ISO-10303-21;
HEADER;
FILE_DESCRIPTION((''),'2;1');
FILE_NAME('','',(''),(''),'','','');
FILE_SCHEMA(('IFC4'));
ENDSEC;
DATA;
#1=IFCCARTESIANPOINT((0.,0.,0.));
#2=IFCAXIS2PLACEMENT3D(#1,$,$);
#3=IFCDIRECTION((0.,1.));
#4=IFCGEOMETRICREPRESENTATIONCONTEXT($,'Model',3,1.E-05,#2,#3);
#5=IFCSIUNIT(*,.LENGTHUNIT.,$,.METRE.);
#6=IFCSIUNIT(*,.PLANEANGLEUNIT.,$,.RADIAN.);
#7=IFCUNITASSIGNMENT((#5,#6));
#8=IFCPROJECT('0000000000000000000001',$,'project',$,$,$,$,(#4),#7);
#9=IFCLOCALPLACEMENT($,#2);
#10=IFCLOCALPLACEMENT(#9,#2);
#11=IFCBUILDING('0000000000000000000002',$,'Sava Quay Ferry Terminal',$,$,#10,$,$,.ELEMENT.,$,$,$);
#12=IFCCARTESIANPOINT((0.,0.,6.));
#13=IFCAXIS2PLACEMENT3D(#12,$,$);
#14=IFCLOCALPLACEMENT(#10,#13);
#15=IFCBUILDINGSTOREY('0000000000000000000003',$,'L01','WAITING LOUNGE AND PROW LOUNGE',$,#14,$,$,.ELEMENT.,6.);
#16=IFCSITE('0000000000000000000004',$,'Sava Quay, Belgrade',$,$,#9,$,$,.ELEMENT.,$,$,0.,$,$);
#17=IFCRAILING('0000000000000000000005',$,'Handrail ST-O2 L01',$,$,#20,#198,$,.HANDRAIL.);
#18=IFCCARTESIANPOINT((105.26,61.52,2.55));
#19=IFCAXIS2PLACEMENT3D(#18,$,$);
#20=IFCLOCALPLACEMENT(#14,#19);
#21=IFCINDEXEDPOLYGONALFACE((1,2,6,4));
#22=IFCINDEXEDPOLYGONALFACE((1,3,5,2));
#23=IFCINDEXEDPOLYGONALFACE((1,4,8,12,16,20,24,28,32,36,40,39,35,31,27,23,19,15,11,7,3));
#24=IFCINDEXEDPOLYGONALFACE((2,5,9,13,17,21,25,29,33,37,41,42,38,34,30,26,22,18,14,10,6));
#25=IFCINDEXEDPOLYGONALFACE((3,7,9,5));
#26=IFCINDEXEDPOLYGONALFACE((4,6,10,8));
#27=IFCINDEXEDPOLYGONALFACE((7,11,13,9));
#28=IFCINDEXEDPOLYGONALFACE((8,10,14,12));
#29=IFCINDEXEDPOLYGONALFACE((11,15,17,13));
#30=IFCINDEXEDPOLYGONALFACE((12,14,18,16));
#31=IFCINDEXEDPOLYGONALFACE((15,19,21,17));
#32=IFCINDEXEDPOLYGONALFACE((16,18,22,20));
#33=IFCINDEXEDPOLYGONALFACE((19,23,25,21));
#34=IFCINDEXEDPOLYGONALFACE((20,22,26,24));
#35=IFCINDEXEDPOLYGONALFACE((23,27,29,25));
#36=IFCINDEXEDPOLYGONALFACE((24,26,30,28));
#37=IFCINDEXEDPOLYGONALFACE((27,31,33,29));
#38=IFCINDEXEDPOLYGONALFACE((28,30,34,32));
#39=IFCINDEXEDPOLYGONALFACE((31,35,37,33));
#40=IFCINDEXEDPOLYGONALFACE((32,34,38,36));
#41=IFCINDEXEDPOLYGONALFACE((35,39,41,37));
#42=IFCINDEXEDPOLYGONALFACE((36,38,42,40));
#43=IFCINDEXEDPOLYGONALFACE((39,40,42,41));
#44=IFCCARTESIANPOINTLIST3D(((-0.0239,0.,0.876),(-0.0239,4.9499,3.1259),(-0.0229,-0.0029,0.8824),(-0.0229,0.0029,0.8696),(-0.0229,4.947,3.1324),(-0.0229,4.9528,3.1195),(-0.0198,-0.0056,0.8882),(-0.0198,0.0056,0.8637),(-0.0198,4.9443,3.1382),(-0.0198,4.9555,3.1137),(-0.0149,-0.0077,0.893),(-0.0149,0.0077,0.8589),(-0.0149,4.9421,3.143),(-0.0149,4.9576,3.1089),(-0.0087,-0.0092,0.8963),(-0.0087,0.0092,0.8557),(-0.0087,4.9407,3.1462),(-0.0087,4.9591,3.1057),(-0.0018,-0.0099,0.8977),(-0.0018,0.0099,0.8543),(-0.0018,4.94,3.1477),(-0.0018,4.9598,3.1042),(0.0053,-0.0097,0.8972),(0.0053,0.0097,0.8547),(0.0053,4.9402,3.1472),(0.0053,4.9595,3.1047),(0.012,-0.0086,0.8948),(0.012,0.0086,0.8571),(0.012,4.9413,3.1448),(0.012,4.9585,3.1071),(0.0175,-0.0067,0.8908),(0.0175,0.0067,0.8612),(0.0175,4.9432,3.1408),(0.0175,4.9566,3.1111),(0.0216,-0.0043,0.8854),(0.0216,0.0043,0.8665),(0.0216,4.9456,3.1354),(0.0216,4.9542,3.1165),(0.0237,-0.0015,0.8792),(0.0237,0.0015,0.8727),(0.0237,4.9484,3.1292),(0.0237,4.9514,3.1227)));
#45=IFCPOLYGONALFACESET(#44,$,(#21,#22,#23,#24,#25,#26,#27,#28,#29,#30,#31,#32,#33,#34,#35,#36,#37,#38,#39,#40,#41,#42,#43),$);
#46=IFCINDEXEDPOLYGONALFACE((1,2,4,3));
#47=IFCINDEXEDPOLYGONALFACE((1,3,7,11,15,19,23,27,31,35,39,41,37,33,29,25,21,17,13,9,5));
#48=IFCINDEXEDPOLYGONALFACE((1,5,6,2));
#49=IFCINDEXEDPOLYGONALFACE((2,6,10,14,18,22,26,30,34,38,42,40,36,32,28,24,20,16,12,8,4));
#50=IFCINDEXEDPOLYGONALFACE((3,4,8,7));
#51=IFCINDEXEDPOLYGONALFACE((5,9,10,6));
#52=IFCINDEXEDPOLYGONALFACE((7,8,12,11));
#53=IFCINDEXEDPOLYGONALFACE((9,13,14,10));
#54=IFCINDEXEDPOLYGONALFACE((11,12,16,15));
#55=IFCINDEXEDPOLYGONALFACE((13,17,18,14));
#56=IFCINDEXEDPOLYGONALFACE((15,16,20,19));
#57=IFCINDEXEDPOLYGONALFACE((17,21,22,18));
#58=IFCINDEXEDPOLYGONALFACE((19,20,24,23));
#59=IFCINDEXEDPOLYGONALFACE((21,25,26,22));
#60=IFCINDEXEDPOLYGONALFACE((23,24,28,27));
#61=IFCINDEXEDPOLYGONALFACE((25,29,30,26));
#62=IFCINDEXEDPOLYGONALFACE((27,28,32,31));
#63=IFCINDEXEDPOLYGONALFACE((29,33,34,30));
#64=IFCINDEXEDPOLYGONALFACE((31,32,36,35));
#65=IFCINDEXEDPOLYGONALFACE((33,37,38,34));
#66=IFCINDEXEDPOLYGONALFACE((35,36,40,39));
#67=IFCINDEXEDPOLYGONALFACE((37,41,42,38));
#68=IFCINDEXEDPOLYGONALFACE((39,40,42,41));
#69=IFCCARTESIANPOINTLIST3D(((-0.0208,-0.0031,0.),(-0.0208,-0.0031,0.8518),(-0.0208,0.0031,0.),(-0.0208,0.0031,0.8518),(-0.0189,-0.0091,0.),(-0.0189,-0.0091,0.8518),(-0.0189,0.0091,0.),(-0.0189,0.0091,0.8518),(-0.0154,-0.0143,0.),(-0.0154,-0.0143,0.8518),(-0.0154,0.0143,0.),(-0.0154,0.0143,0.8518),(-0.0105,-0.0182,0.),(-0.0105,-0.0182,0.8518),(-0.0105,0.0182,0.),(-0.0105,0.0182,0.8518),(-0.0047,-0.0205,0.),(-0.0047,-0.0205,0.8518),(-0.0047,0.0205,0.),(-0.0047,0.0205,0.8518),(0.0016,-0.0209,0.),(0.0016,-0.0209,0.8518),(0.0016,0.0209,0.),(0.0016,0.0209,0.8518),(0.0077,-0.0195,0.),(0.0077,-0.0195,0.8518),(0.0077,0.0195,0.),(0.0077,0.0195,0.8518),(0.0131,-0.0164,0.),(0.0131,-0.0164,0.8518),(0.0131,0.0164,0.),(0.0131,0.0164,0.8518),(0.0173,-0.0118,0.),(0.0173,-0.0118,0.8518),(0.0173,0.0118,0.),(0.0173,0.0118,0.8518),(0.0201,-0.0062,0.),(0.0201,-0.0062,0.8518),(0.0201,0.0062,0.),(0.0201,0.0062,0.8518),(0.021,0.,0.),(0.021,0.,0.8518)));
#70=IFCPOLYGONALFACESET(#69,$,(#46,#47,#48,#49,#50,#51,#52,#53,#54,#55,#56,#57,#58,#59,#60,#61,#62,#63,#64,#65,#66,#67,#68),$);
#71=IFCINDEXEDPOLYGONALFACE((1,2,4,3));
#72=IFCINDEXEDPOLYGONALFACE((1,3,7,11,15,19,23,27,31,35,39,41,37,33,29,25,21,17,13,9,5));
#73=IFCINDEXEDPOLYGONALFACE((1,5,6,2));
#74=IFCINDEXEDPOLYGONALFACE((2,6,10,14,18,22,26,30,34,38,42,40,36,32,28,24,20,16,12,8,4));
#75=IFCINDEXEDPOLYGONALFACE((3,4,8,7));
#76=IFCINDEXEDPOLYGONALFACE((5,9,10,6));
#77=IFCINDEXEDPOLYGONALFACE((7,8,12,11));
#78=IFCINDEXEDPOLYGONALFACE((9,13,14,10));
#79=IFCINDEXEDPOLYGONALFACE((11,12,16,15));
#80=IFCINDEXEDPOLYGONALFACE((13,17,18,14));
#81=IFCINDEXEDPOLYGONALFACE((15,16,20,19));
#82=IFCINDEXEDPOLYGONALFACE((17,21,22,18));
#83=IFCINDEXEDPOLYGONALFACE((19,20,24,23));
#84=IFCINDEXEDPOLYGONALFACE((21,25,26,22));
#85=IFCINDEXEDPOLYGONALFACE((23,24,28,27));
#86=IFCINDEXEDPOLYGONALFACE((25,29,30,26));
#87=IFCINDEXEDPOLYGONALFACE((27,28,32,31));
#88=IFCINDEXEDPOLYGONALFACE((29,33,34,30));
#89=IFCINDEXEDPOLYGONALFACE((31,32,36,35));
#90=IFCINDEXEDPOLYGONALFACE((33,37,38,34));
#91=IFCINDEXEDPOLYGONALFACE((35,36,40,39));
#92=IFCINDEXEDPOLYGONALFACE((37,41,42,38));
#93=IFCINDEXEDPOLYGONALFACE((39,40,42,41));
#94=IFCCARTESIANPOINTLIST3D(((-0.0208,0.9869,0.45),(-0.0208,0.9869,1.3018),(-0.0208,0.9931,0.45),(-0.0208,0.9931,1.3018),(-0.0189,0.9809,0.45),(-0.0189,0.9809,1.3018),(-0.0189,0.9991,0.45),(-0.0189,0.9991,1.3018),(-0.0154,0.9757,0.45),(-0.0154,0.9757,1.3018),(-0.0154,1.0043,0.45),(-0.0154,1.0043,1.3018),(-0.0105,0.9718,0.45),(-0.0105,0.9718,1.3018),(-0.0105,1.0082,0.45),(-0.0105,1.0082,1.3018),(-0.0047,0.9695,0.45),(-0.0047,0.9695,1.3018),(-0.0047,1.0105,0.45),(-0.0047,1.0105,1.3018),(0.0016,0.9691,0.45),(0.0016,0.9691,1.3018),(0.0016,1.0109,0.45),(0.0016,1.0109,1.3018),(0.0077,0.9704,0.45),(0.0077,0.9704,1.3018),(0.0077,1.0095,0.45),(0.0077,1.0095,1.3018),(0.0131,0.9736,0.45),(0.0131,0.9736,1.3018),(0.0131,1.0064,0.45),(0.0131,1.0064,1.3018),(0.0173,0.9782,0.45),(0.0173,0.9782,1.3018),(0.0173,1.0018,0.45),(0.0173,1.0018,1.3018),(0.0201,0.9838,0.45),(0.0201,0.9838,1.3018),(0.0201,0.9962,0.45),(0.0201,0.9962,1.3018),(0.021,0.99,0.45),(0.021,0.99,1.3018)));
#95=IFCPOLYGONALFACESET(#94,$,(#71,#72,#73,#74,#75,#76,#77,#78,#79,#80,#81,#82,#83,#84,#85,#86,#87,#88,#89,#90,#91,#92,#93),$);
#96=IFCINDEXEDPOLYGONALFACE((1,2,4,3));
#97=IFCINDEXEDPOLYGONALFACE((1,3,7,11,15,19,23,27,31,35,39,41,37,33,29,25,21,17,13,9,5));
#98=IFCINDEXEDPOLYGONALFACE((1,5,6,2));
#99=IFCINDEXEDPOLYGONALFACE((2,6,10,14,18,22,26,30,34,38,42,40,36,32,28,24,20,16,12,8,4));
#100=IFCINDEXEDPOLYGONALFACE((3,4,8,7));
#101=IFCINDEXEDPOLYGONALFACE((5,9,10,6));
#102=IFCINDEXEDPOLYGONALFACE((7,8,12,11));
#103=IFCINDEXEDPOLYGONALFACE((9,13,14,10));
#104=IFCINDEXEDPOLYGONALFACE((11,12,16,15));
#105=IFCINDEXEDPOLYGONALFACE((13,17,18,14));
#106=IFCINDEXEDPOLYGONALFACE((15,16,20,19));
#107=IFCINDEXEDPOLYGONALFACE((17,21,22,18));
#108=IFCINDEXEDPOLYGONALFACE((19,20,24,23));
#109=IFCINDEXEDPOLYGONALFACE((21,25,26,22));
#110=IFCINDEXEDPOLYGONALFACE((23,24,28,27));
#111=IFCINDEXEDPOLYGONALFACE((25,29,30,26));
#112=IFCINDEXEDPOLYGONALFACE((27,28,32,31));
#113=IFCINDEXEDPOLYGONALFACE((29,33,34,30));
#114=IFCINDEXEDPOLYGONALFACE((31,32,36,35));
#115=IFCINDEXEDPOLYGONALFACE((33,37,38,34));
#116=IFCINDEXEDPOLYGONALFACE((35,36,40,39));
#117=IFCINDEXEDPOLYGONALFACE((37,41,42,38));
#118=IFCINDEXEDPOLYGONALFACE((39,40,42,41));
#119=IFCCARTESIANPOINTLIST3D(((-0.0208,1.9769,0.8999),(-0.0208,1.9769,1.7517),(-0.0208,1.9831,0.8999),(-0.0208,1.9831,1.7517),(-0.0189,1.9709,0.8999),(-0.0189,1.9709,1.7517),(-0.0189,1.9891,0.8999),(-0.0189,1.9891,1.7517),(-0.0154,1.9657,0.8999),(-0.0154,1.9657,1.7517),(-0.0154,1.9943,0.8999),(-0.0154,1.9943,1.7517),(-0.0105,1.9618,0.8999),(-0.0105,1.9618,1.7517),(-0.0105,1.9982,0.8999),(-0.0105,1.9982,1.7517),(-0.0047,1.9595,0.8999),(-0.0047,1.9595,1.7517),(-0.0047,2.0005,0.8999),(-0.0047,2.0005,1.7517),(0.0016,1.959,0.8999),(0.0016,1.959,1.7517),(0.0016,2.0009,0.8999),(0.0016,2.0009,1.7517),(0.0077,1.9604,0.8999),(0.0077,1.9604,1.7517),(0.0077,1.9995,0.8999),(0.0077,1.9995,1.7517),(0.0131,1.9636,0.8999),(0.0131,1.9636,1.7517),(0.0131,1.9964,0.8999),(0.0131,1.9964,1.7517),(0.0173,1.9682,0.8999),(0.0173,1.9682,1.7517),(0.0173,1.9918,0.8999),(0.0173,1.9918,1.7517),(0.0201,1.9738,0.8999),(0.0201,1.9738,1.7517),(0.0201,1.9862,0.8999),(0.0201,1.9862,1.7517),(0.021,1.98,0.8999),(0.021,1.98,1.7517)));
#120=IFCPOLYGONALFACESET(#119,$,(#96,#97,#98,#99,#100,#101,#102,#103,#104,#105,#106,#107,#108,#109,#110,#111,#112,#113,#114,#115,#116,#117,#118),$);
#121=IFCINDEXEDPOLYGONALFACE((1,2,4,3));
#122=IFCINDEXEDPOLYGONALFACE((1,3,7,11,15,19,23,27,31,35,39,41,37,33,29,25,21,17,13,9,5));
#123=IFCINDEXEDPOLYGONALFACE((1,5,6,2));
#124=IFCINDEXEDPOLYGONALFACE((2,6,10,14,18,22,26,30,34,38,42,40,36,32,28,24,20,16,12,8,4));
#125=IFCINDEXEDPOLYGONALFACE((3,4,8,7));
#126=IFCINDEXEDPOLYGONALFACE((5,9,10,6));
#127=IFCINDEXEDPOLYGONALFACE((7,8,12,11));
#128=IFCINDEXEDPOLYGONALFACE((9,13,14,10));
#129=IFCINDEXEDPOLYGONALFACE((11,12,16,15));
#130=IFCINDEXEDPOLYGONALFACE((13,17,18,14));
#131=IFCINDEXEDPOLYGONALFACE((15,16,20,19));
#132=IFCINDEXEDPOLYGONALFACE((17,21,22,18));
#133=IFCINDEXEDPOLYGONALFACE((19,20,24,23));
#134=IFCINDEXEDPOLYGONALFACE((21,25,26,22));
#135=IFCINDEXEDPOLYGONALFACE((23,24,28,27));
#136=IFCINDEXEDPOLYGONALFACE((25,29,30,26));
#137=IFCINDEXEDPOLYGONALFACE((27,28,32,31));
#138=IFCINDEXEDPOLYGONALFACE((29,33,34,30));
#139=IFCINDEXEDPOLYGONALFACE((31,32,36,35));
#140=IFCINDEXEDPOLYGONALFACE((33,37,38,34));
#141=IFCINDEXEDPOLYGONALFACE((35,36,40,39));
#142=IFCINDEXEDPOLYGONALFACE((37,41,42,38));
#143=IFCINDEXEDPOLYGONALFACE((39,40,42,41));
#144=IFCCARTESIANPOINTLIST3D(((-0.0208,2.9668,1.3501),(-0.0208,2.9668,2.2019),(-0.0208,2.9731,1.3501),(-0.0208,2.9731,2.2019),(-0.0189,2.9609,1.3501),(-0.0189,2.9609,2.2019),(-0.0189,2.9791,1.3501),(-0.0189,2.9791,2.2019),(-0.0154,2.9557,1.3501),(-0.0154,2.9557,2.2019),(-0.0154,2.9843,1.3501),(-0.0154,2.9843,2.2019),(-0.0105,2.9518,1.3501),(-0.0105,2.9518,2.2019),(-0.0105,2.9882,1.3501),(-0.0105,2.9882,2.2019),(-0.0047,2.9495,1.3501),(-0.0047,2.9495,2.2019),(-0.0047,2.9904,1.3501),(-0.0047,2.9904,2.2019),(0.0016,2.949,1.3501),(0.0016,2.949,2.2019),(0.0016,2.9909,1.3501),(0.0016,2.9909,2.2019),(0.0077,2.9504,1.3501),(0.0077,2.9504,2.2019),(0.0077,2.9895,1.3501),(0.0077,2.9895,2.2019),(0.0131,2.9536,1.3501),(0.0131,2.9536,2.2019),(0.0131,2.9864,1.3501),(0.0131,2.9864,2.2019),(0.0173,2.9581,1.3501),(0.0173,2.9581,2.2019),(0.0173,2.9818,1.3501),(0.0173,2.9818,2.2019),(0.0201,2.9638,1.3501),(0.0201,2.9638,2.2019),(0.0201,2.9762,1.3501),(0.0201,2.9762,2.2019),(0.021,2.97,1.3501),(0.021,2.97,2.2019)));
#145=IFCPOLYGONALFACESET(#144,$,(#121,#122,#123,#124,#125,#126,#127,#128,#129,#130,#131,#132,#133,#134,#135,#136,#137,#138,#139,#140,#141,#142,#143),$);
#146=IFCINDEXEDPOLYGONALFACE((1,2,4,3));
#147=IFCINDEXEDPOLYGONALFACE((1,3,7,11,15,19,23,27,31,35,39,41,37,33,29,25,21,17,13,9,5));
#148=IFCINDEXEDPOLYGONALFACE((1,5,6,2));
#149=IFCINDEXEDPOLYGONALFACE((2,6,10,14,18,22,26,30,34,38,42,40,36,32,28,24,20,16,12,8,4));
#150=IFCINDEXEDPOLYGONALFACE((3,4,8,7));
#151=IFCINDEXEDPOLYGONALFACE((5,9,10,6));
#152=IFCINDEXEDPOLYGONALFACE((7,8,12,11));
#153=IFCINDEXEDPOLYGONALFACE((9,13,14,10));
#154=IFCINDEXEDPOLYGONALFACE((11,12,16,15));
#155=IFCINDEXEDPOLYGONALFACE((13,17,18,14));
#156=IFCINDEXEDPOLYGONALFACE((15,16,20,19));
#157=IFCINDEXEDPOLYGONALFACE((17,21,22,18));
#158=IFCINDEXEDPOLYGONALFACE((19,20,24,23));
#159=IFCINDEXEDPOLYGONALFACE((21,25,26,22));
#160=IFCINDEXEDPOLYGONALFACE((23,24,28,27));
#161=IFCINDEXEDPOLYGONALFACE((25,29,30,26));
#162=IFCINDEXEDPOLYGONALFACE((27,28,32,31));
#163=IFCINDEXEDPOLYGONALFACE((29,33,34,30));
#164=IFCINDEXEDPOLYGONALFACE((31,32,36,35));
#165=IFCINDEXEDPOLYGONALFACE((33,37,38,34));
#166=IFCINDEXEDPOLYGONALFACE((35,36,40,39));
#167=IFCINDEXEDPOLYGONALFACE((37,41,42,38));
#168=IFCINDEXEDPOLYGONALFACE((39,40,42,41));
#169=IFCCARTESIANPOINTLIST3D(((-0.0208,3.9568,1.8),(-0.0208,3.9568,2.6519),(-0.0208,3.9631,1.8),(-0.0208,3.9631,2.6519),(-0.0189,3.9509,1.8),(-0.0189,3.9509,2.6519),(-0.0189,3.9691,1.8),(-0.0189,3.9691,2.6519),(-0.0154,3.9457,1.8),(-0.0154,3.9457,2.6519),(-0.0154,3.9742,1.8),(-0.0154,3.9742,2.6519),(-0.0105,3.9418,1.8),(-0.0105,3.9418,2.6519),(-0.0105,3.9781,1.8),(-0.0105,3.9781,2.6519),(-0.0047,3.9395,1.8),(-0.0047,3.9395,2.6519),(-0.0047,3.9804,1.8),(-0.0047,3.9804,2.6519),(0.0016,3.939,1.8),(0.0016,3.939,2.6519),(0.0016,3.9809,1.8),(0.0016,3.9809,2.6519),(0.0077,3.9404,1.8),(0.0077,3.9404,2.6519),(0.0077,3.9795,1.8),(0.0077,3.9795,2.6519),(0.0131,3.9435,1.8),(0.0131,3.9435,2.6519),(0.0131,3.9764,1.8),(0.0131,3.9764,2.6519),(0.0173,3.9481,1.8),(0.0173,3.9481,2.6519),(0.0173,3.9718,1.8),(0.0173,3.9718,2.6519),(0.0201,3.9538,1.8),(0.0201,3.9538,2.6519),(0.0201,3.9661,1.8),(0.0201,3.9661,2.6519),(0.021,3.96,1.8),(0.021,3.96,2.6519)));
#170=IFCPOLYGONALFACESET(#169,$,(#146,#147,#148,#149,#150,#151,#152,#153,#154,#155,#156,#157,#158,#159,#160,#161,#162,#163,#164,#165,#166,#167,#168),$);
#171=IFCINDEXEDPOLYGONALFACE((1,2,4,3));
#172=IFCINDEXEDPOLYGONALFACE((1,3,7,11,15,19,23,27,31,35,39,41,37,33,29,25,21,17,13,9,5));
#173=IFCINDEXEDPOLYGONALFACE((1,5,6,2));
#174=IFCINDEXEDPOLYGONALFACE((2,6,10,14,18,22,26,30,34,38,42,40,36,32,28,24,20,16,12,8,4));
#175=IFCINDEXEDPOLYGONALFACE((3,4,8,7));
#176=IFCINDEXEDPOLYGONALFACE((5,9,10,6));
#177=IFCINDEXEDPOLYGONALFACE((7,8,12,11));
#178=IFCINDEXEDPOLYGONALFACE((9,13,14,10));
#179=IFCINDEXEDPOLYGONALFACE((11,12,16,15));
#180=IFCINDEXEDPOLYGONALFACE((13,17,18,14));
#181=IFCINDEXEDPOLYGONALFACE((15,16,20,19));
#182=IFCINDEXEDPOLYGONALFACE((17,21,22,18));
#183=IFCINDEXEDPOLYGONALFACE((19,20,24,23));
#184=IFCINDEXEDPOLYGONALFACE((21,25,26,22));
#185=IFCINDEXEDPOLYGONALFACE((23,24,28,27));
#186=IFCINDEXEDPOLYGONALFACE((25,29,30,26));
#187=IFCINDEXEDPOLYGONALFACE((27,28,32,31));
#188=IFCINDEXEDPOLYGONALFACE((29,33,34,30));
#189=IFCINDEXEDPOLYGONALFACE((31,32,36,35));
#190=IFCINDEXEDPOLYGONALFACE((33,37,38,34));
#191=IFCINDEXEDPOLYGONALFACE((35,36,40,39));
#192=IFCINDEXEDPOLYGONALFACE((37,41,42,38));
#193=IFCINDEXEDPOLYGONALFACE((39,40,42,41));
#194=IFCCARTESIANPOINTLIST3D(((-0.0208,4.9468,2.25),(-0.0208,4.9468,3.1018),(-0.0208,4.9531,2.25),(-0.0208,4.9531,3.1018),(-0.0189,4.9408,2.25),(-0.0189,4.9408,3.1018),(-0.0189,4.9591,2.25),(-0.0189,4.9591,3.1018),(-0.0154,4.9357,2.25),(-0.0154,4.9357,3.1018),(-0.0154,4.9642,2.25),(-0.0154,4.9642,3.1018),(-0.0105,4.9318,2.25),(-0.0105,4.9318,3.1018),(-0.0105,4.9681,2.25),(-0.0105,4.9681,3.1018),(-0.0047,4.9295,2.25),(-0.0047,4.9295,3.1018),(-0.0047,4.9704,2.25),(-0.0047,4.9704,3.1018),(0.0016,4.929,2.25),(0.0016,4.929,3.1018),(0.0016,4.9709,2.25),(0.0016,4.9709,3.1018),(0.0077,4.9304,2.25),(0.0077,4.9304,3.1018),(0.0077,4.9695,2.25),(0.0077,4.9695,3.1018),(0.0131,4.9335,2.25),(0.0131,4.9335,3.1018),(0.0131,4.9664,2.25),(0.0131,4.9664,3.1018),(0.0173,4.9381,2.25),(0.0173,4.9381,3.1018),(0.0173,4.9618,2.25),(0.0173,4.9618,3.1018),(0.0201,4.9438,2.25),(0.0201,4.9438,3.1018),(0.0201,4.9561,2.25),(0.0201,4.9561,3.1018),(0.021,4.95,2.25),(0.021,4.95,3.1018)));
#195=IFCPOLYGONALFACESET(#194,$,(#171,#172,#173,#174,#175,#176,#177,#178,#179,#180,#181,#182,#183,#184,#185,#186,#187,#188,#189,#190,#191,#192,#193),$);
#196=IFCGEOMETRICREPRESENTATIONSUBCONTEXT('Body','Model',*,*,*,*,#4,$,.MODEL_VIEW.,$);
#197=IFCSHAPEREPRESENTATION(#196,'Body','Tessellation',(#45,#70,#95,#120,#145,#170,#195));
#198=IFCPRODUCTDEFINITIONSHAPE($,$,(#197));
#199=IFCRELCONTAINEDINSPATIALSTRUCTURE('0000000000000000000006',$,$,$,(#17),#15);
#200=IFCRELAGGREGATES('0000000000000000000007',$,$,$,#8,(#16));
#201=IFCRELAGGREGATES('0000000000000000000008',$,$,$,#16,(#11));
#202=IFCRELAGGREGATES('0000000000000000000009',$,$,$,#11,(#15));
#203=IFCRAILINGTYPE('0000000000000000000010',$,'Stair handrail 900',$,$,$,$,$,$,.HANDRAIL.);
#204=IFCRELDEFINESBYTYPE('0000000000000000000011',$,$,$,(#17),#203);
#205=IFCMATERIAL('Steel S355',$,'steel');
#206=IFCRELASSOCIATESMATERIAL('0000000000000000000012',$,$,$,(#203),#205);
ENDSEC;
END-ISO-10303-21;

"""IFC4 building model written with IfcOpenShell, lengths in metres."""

from ifc_helpers import new_model, si_unit, direction, frame, origin, origin_2d, place, context, subcontext, project, spatial, circle, extrude, material, type_object, element, save


model = new_model("IFC4")

# Units and contexts
model_context = context("Model", 3, precision=1e-05, world=origin(), true_north=direction((0.0, 1.0)))
body_context = subcontext(model_context, "Body", "Model", "MODEL_VIEW")
ifc_project = project(units=[si_unit("LENGTHUNIT", "METRE"), si_unit("PLANEANGLEUNIT", "RADIAN")], contexts=[model_context])

# Site, building, storey
site_placement = place(None, origin())
site = spatial("IfcSite", under=ifc_project, at=site_placement, Name="Sava Quay, Belgrade", CompositionType="ELEMENT", RefElevation=0.0)
building_placement = place(site_placement, origin())
building = spatial("IfcBuilding", under=site, at=building_placement, Name="Sava Quay Ferry Terminal", CompositionType="ELEMENT")
storey_placement = place(building_placement, frame((0.0, 0.0, 6.0)))
storey = spatial("IfcBuildingStorey", under=building, at=storey_placement, Name="L01", Description="WAITING LOUNGE AND PROW LOUNGE", CompositionType="ELEMENT", Elevation=6.0)

# Railing
ifc_material_1 = material(Name="Steel S355", Category="steel")
railing_type_1 = type_object("IfcRailingType", Name="Stair handrail 900", PredefinedType="HANDRAIL", material=ifc_material_1)
railing_1_placement = place(storey_placement, frame((105.26, 61.52, 2.55)))
element("IfcRailing", 1, at=railing_1_placement, inside=storey, type_object=railing_type_1, Name="Handrail ST-O2 L01", PredefinedType="HANDRAIL", context=body_context, shape_type="SweptSolid", body=[
    extrude(circle(Radius=0.0239, at=origin_2d()), frame((0.0, 0.0, 0.876), z_axis=(0.0, 0.910365, 0.413806), x_axis=(-1.0, 0.0, 0.0)), (0.0, 0.0, 1.0), 5.4373),
    extrude(circle(Radius=0.021, at=origin_2d()), origin(), (0.0, 0.0, 1.0), 0.8518),
    extrude(circle(Radius=0.021, at=origin_2d()), frame((0.0, 0.99, 0.45)), (0.0, 0.0, 1.0), 0.8518),
    extrude(circle(Radius=0.021, at=origin_2d()), frame((0.0, 1.98, 0.8999)), (0.0, 0.0, 1.0), 0.8518),
    extrude(circle(Radius=0.021, at=origin_2d()), frame((0.0, 2.97, 1.3501)), (0.0, 0.0, 1.0), 0.8518),
    extrude(circle(Radius=0.021, at=origin_2d()), frame((0.0, 3.96, 1.8)), (0.0, 0.0, 1.0), 0.8518),
    extrude(circle(Radius=0.021, at=origin_2d()), frame((0.0, 4.95, 2.25)), (0.0, 0.0, 1.0), 0.8518),
])

save(model, "model.ifc")
